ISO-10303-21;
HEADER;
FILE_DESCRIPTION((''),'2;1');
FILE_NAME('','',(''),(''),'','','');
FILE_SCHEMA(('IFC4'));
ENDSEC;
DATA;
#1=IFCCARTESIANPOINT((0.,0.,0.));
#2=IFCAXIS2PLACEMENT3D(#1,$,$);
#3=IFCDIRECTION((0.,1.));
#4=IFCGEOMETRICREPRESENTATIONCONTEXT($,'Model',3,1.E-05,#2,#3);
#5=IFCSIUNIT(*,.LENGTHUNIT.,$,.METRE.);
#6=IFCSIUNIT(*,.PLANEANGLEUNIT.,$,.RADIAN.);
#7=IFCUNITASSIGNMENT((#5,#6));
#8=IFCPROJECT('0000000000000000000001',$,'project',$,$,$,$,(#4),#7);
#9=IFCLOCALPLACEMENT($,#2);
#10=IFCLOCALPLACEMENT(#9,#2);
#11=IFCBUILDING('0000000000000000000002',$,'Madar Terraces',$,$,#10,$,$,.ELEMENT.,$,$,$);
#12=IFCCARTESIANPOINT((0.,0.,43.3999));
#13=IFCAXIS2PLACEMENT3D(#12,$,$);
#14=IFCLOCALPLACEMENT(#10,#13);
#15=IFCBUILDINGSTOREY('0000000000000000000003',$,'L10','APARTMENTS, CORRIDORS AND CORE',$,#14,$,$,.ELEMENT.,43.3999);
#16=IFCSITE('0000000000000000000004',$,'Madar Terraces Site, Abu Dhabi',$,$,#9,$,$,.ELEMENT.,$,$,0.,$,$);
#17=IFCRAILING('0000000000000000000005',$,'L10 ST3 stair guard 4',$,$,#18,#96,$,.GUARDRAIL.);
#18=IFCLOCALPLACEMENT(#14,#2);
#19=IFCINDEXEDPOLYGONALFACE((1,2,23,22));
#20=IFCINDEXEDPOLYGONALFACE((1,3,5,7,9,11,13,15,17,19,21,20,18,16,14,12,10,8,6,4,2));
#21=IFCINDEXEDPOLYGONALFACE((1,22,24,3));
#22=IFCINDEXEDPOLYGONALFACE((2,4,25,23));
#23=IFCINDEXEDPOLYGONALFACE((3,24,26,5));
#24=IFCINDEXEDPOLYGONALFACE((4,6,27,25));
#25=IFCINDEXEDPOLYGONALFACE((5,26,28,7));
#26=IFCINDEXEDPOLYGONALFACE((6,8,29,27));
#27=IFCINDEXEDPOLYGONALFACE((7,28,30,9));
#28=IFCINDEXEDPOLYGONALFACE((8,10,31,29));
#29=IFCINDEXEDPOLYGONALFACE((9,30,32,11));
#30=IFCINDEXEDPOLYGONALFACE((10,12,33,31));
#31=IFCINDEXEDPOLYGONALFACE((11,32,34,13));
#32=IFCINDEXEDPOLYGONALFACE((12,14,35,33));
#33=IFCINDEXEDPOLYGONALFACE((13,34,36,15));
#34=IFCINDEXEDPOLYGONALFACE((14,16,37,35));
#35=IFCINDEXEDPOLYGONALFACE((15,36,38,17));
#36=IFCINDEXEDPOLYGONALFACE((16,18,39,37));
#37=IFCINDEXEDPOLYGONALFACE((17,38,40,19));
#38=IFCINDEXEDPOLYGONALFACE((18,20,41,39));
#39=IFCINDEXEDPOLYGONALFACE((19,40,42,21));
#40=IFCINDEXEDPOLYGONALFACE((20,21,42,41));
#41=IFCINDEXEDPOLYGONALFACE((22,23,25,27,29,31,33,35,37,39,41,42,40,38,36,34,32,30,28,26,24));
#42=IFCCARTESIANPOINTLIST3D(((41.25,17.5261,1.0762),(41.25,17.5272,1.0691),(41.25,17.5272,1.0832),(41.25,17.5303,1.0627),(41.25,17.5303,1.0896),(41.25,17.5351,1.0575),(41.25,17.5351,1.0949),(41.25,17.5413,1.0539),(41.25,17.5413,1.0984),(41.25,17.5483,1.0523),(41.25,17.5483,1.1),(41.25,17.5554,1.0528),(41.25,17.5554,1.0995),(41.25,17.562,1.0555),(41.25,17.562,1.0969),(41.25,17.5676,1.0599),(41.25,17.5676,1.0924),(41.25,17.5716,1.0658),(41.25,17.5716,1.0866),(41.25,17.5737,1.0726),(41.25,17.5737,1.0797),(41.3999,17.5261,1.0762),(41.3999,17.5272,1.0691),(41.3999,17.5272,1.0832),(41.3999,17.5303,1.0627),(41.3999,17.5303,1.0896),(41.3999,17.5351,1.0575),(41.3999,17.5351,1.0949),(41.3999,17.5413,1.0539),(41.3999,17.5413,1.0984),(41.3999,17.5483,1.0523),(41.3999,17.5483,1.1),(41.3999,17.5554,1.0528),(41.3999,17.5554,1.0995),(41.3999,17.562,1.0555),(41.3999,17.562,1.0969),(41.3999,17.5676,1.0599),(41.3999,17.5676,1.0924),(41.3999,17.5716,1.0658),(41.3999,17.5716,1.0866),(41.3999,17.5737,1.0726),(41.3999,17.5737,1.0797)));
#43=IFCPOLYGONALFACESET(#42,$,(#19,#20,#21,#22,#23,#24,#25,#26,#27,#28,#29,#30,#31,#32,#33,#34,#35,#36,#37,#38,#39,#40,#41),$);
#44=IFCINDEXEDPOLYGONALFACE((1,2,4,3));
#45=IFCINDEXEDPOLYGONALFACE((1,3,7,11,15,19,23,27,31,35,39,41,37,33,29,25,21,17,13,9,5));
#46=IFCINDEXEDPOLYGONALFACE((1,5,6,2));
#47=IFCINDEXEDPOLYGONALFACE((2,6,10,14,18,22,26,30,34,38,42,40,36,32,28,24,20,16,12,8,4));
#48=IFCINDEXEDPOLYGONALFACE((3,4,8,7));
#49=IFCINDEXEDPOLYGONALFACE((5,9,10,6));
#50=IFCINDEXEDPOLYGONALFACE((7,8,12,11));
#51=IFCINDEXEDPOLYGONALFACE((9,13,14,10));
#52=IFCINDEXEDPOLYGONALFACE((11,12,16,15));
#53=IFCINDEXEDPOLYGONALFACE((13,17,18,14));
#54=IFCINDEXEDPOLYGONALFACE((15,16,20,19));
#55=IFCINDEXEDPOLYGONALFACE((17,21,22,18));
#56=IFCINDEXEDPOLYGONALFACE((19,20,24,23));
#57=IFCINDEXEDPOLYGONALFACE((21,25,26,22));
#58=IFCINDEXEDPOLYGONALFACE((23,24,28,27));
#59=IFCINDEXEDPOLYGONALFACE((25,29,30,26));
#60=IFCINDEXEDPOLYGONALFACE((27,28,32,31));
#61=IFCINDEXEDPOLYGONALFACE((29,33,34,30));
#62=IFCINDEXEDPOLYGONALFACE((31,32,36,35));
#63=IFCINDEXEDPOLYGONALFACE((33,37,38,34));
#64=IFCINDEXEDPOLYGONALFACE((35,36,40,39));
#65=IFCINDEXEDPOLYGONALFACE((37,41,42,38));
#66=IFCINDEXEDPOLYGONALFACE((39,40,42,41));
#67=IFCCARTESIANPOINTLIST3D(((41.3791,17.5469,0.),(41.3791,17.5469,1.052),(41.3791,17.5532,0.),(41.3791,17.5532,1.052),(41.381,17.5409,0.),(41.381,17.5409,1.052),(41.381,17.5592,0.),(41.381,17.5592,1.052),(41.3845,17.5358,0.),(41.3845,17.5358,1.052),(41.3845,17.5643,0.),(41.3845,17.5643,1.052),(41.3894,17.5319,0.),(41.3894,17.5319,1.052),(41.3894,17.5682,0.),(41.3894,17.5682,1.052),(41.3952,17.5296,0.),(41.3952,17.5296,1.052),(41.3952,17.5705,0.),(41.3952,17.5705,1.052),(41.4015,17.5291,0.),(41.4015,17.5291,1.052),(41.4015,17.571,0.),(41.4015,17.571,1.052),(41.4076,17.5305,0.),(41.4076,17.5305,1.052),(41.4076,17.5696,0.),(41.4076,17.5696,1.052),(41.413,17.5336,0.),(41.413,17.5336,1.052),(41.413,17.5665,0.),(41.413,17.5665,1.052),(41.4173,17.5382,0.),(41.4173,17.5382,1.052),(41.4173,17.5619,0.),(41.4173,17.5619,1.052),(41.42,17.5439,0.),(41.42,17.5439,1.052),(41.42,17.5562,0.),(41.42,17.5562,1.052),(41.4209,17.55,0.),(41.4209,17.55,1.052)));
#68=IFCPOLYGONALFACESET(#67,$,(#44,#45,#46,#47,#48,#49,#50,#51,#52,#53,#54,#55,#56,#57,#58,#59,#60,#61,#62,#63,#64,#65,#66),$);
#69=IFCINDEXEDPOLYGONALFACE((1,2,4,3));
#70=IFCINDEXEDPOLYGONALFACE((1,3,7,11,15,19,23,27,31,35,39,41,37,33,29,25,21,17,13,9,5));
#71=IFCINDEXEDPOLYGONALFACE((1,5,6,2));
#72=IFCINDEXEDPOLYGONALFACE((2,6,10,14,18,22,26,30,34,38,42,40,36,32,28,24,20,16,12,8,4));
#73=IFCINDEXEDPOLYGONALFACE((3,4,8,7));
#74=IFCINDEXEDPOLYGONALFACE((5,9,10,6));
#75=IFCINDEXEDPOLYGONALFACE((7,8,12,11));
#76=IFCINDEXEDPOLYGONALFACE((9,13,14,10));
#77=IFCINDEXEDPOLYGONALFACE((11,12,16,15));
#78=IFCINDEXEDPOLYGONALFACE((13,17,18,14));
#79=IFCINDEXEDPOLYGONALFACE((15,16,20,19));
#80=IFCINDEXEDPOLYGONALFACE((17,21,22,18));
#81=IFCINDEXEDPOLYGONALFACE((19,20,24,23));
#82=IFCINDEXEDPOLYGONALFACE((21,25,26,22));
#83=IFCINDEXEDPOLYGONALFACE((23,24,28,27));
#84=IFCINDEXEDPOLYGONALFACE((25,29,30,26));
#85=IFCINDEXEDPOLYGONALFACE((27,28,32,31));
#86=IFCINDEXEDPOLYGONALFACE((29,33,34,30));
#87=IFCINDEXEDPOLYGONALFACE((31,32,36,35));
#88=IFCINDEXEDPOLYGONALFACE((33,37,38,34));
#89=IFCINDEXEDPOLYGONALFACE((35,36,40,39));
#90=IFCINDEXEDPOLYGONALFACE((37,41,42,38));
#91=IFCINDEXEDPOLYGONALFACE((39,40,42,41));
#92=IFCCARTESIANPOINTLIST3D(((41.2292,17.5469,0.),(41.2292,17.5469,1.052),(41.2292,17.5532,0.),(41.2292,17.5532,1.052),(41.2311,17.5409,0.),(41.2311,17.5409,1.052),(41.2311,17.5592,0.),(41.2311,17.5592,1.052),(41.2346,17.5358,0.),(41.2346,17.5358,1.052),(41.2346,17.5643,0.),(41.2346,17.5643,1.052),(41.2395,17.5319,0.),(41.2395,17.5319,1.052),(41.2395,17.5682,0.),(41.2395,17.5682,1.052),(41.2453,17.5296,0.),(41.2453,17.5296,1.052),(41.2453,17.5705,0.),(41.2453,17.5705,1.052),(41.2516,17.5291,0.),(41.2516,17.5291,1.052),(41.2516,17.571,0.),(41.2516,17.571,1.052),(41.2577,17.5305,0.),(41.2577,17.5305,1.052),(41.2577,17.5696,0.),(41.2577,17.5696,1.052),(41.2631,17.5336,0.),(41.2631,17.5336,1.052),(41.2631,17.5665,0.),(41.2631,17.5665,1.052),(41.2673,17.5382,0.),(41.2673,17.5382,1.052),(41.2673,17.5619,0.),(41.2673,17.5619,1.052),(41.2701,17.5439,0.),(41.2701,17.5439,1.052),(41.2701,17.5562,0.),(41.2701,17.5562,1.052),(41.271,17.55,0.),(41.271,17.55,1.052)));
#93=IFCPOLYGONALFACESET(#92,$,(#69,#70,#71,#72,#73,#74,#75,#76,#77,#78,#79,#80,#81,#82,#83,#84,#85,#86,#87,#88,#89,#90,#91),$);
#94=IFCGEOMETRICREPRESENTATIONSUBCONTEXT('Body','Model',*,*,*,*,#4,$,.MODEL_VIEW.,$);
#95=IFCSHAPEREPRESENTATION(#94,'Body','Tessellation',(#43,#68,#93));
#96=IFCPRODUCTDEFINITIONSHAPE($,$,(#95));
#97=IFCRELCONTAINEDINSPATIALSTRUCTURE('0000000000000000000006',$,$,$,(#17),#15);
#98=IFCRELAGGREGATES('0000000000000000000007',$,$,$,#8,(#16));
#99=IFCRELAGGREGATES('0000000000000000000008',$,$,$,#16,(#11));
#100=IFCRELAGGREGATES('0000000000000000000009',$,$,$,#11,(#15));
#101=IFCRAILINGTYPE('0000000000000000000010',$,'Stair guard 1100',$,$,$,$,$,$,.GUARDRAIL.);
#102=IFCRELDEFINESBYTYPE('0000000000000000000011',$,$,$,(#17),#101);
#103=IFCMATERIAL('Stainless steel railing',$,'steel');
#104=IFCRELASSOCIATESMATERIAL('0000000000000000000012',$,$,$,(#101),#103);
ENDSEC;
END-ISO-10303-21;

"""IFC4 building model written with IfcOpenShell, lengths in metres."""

from ifc_helpers import new_model, si_unit, direction, frame, origin, origin_2d, place, context, subcontext, project, spatial, circle, extrude, material, type_object, element, save


model = new_model("IFC4")

# Units and contexts
model_context = context("Model", 3, precision=1e-05, world=origin(), true_north=direction((0.0, 1.0)))
body_context = subcontext(model_context, "Body", "Model", "MODEL_VIEW")
ifc_project = project(units=[si_unit("LENGTHUNIT", "METRE"), si_unit("PLANEANGLEUNIT", "RADIAN")], contexts=[model_context])

# Site, building, storey
site_placement = place(None, origin())
site = spatial("IfcSite", under=ifc_project, at=site_placement, Name="Madar Terraces Site, Abu Dhabi", CompositionType="ELEMENT", RefElevation=0.0)
building_placement = place(site_placement, origin())
building = spatial("IfcBuilding", under=site, at=building_placement, Name="Madar Terraces", CompositionType="ELEMENT")
storey_placement = place(building_placement, frame((0.0, 0.0, 43.3999)))
storey = spatial("IfcBuildingStorey", under=building, at=storey_placement, Name="L10", Description="APARTMENTS, CORRIDORS AND CORE", CompositionType="ELEMENT", Elevation=43.3999)

# Railing
ifc_material_1 = material(Name="Stainless steel railing", Category="steel")
railing_type_1 = type_object("IfcRailingType", Name="Stair guard 1100", PredefinedType="GUARDRAIL", material=ifc_material_1)
railing_1_placement = place(storey_placement, frame((41.3999, 17.55, 0.0)))
element("IfcRailing", 1, at=railing_1_placement, inside=storey, type_object=railing_type_1, Name="L10 ST3 stair guard 4", PredefinedType="GUARDRAIL", context=body_context, shape_type="SweptSolid", body=[
    extrude(circle(Radius=0.0239, at=origin_2d()), frame((0.0, 0.0, 1.0762), z_axis=(-1.0, 0.0, 0.0), x_axis=(0.0, -1.0, 0.0)), (0.0, 0.0, 1.0), 0.1499),
    extrude(circle(Radius=0.021, at=origin_2d()), origin(), (0.0, 0.0, 1.0), 1.052),
    extrude(circle(Radius=0.021, at=origin_2d()), frame((-0.1499, 0.0, 0.0)), (0.0, 0.0, 1.0), 1.052),
])

save(model, "model.ifc")
